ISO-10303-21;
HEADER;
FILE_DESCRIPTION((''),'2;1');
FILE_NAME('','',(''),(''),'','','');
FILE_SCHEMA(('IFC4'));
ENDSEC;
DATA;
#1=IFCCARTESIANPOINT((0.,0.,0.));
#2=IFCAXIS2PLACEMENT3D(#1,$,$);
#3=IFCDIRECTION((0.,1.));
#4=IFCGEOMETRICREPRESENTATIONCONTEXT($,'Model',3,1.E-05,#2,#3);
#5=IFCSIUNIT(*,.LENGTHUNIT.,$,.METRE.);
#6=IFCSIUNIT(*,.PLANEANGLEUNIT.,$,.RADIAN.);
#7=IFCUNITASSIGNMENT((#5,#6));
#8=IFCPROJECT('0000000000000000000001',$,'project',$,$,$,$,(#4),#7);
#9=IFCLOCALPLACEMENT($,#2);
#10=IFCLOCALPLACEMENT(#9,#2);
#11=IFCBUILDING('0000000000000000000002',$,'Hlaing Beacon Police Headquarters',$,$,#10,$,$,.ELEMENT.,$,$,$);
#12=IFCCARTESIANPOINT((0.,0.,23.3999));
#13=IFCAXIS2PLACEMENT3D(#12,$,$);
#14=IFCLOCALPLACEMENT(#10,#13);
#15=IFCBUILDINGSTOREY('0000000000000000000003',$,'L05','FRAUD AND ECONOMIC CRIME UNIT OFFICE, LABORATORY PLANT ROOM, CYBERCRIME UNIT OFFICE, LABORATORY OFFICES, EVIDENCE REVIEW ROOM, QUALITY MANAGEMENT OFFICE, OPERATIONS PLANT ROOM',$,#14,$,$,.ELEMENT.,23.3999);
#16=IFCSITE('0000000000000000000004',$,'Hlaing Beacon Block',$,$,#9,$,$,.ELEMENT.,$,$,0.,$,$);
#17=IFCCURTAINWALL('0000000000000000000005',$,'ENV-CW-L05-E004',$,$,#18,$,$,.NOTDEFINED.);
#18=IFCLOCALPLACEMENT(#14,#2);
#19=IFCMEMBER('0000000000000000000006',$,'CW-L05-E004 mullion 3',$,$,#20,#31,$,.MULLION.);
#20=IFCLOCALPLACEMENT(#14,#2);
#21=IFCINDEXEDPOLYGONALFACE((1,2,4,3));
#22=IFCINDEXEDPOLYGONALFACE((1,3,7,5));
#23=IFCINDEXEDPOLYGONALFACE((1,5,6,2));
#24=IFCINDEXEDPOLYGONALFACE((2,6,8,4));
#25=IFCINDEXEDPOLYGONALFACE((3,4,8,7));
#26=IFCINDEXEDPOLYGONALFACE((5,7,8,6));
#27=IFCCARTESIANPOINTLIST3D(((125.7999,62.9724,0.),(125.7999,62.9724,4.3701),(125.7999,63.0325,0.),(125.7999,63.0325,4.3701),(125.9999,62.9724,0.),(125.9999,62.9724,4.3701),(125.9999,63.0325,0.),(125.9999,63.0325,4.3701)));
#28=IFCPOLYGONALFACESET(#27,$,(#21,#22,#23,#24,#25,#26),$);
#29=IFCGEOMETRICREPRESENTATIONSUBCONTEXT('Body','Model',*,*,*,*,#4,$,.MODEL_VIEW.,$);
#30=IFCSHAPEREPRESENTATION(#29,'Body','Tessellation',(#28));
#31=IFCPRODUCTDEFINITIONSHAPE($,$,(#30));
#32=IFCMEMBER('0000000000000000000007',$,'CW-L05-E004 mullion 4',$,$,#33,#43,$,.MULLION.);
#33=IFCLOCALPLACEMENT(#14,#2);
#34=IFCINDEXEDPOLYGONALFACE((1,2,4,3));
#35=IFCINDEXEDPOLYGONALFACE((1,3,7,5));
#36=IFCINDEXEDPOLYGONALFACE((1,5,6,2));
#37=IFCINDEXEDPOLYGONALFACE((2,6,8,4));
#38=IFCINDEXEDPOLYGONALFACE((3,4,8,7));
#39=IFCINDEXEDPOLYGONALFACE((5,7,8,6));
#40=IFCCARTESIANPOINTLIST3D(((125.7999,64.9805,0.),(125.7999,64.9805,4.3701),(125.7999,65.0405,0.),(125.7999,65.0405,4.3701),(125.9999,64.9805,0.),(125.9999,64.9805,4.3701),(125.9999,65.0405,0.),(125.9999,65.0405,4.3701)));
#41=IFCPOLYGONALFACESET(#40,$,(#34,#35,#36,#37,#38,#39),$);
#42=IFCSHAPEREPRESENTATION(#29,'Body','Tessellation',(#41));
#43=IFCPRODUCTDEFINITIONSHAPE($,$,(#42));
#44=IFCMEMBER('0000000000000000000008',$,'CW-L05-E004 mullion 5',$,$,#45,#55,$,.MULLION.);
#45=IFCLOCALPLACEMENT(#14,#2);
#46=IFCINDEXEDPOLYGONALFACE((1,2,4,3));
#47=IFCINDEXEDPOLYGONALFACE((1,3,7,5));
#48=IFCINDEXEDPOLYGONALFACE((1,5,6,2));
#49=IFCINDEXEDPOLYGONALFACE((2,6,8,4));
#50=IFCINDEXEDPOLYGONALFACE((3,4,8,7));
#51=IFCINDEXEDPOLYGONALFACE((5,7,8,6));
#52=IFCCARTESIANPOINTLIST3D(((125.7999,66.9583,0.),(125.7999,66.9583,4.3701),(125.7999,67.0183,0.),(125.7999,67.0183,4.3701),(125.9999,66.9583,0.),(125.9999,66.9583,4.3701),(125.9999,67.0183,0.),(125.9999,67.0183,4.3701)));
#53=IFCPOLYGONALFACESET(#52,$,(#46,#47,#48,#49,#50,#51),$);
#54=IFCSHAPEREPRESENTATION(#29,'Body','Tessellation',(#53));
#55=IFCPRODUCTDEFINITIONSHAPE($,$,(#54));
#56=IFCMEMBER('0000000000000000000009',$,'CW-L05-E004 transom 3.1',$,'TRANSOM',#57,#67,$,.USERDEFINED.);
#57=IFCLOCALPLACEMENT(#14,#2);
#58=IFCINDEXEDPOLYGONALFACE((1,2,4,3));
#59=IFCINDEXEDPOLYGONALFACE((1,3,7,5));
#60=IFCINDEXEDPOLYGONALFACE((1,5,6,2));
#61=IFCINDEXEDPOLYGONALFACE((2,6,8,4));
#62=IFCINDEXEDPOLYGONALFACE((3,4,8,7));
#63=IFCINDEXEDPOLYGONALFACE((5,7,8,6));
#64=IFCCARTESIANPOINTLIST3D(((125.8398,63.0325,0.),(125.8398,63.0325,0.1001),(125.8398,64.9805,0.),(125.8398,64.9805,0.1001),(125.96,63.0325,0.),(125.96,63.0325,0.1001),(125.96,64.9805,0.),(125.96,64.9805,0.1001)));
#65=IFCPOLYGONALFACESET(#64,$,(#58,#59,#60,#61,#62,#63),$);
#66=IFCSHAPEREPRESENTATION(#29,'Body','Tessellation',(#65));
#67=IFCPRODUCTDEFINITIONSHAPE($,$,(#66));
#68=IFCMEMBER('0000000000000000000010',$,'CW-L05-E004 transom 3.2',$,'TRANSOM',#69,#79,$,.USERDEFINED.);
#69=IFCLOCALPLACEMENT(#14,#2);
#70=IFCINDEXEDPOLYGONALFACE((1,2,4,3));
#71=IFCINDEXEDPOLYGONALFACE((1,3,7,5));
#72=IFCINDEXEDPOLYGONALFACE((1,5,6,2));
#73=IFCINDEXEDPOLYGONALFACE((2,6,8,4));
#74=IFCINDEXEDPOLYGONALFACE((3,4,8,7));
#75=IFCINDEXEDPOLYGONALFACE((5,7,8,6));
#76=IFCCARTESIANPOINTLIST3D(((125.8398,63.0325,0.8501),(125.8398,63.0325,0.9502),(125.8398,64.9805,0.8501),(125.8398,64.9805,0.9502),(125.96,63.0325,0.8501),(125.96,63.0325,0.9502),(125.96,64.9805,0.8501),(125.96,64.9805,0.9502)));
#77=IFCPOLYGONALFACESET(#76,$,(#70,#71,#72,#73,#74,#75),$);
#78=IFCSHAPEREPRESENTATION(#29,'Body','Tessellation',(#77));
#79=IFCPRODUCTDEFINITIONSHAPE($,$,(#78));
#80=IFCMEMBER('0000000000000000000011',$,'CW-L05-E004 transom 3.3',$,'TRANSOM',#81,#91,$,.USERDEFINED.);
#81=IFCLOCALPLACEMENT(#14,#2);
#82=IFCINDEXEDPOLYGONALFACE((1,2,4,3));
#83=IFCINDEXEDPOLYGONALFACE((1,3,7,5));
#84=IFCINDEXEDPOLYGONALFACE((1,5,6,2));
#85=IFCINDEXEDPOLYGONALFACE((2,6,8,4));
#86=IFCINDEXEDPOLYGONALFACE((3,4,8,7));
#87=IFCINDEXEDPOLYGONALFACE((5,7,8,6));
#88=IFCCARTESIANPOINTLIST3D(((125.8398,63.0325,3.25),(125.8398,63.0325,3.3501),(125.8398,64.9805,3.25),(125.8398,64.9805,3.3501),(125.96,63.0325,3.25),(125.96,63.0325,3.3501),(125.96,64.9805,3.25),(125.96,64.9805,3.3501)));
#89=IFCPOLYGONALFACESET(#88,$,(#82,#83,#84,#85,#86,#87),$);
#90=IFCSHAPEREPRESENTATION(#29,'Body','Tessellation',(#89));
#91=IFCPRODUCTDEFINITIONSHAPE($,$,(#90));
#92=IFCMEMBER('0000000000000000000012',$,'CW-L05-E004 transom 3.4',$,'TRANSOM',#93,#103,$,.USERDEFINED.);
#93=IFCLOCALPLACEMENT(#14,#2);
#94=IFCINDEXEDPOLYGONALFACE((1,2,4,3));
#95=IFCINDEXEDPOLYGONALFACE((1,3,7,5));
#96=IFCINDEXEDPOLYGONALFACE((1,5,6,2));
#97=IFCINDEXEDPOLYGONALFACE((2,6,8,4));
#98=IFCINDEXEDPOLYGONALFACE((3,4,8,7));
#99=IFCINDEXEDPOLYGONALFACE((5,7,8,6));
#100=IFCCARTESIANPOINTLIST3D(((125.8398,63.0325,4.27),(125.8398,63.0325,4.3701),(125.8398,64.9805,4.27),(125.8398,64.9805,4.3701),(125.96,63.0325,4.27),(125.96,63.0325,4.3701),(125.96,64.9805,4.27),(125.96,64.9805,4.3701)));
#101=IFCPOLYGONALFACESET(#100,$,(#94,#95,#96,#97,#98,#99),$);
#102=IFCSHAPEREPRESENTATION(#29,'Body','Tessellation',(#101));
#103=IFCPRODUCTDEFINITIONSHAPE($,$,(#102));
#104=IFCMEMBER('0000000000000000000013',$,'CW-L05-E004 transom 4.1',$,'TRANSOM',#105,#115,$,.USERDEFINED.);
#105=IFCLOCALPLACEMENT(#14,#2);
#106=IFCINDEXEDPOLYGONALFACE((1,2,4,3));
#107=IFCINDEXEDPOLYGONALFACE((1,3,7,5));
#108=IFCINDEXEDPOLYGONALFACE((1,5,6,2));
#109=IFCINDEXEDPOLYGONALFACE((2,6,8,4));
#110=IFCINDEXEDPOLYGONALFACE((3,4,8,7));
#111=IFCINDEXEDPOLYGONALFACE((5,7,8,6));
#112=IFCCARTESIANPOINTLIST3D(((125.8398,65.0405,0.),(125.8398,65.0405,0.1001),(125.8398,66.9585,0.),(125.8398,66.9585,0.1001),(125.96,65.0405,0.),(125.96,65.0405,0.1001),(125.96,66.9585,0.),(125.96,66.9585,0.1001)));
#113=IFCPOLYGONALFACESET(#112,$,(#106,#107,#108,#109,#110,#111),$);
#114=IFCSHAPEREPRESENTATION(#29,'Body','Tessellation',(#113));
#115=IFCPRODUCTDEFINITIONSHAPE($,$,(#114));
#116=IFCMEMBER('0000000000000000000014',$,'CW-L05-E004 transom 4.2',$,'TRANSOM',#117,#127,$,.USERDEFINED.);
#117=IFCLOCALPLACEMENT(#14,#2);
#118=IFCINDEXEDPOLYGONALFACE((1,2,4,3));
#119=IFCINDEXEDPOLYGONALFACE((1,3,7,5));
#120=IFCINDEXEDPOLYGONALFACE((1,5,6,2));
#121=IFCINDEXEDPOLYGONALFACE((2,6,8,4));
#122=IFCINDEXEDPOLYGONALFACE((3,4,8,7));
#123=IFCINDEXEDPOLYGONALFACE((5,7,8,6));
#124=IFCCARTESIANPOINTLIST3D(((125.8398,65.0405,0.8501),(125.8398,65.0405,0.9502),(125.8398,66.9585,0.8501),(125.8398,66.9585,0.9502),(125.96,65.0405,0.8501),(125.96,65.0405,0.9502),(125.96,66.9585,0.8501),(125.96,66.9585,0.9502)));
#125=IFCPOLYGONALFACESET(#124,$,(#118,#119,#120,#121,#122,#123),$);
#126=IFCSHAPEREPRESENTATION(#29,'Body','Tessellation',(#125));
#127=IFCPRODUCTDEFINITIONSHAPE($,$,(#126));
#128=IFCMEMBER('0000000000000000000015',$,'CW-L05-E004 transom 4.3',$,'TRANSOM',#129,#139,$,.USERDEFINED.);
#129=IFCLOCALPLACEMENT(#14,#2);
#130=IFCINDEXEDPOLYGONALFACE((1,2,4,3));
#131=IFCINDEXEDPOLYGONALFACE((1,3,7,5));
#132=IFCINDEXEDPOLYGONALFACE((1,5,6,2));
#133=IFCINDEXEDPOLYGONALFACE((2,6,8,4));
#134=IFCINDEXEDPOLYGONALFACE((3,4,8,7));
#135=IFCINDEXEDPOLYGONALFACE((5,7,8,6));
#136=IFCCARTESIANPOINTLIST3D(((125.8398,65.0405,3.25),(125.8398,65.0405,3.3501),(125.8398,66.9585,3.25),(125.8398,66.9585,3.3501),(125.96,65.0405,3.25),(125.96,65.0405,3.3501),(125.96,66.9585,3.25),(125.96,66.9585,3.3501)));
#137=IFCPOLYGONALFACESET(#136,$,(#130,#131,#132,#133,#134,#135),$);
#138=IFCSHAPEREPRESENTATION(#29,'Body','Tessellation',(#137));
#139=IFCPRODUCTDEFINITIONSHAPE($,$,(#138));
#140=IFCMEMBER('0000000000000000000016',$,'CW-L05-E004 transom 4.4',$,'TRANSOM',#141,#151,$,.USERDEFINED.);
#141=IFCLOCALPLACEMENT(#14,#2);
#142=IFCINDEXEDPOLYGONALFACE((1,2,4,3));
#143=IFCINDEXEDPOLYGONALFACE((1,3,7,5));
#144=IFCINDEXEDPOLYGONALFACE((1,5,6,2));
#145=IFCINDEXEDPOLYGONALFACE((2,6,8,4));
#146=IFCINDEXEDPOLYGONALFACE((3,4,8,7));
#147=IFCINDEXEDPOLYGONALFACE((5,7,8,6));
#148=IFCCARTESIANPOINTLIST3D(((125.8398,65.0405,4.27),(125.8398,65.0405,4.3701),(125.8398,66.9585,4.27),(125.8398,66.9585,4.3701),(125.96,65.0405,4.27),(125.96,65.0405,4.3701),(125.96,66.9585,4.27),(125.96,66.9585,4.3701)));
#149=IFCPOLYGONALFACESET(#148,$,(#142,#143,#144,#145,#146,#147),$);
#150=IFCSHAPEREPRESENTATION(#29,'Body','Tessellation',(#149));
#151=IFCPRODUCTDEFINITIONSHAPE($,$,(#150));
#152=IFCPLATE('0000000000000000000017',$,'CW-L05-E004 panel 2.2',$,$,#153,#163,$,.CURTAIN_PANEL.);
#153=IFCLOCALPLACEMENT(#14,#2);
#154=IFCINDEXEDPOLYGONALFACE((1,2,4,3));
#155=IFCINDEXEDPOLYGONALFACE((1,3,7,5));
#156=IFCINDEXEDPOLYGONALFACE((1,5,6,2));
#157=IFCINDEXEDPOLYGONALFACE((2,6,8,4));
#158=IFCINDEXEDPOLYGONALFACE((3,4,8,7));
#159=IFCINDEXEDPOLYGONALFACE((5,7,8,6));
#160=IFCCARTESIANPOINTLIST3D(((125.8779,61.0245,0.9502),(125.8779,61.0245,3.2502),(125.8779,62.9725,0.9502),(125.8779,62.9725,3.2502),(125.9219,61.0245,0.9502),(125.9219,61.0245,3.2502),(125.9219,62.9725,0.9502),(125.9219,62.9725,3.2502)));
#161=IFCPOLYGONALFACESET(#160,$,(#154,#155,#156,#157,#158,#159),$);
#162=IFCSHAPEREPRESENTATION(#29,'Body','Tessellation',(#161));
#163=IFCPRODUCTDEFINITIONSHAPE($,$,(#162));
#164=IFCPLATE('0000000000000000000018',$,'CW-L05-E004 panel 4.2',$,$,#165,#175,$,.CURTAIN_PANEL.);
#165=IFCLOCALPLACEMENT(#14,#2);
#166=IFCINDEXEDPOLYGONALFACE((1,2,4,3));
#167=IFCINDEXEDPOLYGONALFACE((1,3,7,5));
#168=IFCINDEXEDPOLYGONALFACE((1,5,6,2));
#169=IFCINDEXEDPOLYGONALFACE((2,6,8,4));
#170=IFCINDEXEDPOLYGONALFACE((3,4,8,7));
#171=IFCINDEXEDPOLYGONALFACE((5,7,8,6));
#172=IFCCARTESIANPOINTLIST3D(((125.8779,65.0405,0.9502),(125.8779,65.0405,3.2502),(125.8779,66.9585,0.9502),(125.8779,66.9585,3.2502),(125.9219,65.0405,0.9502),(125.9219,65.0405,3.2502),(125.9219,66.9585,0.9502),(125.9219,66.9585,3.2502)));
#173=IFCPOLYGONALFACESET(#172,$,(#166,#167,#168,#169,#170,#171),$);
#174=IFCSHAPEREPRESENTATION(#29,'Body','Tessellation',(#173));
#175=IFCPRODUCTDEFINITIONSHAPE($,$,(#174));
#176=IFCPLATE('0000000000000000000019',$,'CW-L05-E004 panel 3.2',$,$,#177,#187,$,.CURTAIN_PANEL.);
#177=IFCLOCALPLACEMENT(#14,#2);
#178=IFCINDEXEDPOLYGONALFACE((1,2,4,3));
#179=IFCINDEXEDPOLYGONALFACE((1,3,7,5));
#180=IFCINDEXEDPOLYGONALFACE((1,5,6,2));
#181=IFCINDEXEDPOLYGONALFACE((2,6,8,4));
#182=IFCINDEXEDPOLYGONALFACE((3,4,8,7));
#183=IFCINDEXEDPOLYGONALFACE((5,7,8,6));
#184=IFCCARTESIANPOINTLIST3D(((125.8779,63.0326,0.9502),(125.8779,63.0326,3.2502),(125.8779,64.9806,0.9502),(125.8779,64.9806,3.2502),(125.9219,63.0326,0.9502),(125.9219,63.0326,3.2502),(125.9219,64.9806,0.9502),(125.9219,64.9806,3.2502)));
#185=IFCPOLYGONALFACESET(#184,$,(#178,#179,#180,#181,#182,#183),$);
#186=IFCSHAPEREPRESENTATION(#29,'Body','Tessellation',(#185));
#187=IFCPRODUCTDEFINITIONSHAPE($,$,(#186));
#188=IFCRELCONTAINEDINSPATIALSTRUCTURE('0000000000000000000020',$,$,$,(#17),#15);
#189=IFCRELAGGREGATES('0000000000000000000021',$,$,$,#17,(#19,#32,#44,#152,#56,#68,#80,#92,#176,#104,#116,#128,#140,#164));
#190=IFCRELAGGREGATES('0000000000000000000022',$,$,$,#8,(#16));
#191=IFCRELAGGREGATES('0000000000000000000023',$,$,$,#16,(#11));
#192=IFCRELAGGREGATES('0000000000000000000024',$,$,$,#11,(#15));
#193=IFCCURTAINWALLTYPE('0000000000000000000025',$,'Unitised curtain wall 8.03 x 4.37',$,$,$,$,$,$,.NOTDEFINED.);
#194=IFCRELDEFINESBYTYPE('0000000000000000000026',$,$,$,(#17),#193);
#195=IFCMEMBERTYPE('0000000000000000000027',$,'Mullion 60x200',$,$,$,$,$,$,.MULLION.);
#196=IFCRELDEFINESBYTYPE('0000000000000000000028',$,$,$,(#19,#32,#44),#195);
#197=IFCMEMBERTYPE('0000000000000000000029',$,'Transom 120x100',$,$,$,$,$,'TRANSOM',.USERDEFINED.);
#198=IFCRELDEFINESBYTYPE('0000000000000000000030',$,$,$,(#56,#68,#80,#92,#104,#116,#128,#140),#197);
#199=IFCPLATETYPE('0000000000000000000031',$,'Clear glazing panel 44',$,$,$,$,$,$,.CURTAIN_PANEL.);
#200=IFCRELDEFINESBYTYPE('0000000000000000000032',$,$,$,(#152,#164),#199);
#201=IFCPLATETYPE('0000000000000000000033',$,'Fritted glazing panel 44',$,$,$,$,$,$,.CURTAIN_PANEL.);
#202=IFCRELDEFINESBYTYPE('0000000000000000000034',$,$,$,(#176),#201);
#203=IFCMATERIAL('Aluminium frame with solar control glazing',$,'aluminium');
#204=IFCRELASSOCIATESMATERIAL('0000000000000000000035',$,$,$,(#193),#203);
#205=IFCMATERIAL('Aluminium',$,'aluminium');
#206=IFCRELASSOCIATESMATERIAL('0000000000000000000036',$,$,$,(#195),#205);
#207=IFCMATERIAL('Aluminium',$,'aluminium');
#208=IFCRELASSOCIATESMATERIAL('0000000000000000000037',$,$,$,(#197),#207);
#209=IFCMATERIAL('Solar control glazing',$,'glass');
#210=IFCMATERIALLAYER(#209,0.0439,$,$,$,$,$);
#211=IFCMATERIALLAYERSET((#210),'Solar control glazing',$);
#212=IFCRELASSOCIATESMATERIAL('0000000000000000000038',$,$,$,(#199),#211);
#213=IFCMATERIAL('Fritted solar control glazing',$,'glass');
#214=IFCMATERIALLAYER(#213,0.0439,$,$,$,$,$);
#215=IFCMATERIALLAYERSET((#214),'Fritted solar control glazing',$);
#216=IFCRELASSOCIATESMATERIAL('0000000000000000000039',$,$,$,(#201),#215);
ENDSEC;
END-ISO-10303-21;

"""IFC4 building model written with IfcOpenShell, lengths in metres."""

from ifc_helpers import new_model, si_unit, direction, frame, origin, origin_2d, place, context, subcontext, project, spatial, rectangle, extrude, material, layer, layer_set, material_profile, profile_set, type_object, element, aggregate, save


model = new_model("IFC4")

# Units and contexts
model_context = context("Model", 3, precision=1e-05, world=origin(), true_north=direction((0.0, 1.0)))
body_context = subcontext(model_context, "Body", "Model", "MODEL_VIEW")
ifc_project = project(units=[si_unit("LENGTHUNIT", "METRE"), si_unit("PLANEANGLEUNIT", "RADIAN")], contexts=[model_context])

# Site, building, storey
site_placement = place(None, origin())
site = spatial("IfcSite", under=ifc_project, at=site_placement, Name="Hlaing Beacon Block", CompositionType="ELEMENT", RefElevation=0.0)
building_placement = place(site_placement, origin())
building = spatial("IfcBuilding", under=site, at=building_placement, Name="Hlaing Beacon Police Headquarters", CompositionType="ELEMENT")
storey_placement = place(building_placement, frame((0.0, 0.0, 23.3999)))
storey = spatial("IfcBuildingStorey", under=building, at=storey_placement, Name="L05", Description="FRAUD AND ECONOMIC CRIME UNIT OFFICE, LABORATORY PLANT ROOM, CYBERCRIME UNIT OFFICE, LABORATORY OFFICES, EVIDENCE REVIEW ROOM, QUALITY MANAGEMENT OFFICE, OPERATIONS PLANT ROOM", CompositionType="ELEMENT", Elevation=23.3999)

# Curtain wall, members, plates
ifc_material_1 = material(Name="Aluminium frame with solar control glazing", Category="aluminium")
curtain_wall_type = type_object("IfcCurtainWallType", Name="Unitised curtain wall 8.03 x 4.37", PredefinedType="NOTDEFINED", material=ifc_material_1)
curtain_wall_placement = place(storey_placement, origin())
curtain_wall = element("IfcCurtainWall", 1, at=curtain_wall_placement, inside=storey, type_object=curtain_wall_type, Name="ENV-CW-L05-E004", PredefinedType="NOTDEFINED")
ifc_material_2 = material(Name="Aluminium", Category="aluminium")
ifc_material_profile_1 = material_profile(ifc_material_2, rectangle(XDim=0.2, YDim=0.0601, at=origin_2d()), Name="Mullion 60x200")
ifc_profile_set_1 = profile_set([ifc_material_profile_1], Name="Aluminium")
member_type_1 = type_object("IfcMemberType", Name="Mullion 60x200", PredefinedType="MULLION", material=ifc_profile_set_1)
member_1_placement = place(storey_placement, frame((125.8999, 63.0024, 0.0), z_axis=(0.0, 0.0, 1.0), x_axis=(-1.0, 0.0, 0.0)))
member_1 = element("IfcMember", 2, at=member_1_placement, type_object=member_type_1, Name="CW-L05-E004 mullion 3", PredefinedType="MULLION", context=body_context, shape_type="SweptSolid", body=[
    extrude(rectangle(XDim=0.2, YDim=0.0601, at=origin_2d()), origin(), (0.0, 0.0, 1.0), 4.3701),
])
member_2_placement = place(storey_placement, frame((125.8999, 65.0105, 0.0), z_axis=(0.0, 0.0, 1.0), x_axis=(-1.0, 0.0, 0.0)))
member_2 = element("IfcMember", 3, at=member_2_placement, type_object=member_type_1, Name="CW-L05-E004 mullion 4", PredefinedType="MULLION", context=body_context, shape_type="SweptSolid", body=[
    extrude(rectangle(XDim=0.2, YDim=0.0601, at=origin_2d()), origin(), (0.0, 0.0, 1.0), 4.3701),
])
member_3_placement = place(storey_placement, frame((125.8999, 66.9883, 0.0), z_axis=(0.0, 0.0, 1.0), x_axis=(-1.0, 0.0, 0.0)))
member_3 = element("IfcMember", 4, at=member_3_placement, type_object=member_type_1, Name="CW-L05-E004 mullion 5", PredefinedType="MULLION", context=body_context, shape_type="SweptSolid", body=[
    extrude(rectangle(XDim=0.2, YDim=0.0601, at=origin_2d()), origin(), (0.0, 0.0, 1.0), 4.3701),
])
ifc_material_3 = material(Name="Aluminium", Category="aluminium")
ifc_material_profile_2 = material_profile(ifc_material_3, rectangle(XDim=0.1201, YDim=0.1001, at=origin_2d()), Name="Transom 120x100")
ifc_profile_set_2 = profile_set([ifc_material_profile_2], Name="Aluminium")
member_type_2 = type_object("IfcMemberType", Name="Transom 120x100", ElementType="TRANSOM", PredefinedType="USERDEFINED", material=ifc_profile_set_2)
member_4_placement = place(storey_placement, frame((125.8999, 63.0325, 0.05), z_axis=(0.0, 1.0, 0.0), x_axis=(-1.0, 0.0, 0.0)))
member_4 = element("IfcMember", 5, at=member_4_placement, type_object=member_type_2, Name="CW-L05-E004 transom 3.1", ObjectType="TRANSOM", PredefinedType="USERDEFINED", context=body_context, shape_type="SweptSolid", body=[
    extrude(rectangle(XDim=0.1201, YDim=0.1001, at=origin_2d()), origin(), (0.0, 0.0, 1.0), 1.948),
])
member_5_placement = place(storey_placement, frame((125.8999, 63.0325, 0.9001), z_axis=(0.0, 1.0, 0.0), x_axis=(-1.0, 0.0, 0.0)))
member_5 = element("IfcMember", 6, at=member_5_placement, type_object=member_type_2, Name="CW-L05-E004 transom 3.2", ObjectType="TRANSOM", PredefinedType="USERDEFINED", context=body_context, shape_type="SweptSolid", body=[
    extrude(rectangle(XDim=0.1201, YDim=0.1001, at=origin_2d()), origin(), (0.0, 0.0, 1.0), 1.948),
])
member_6_placement = place(storey_placement, frame((125.8999, 63.0325, 3.3), z_axis=(0.0, 1.0, 0.0), x_axis=(-1.0, 0.0, 0.0)))
member_6 = element("IfcMember", 7, at=member_6_placement, type_object=member_type_2, Name="CW-L05-E004 transom 3.3", ObjectType="TRANSOM", PredefinedType="USERDEFINED", context=body_context, shape_type="SweptSolid", body=[
    extrude(rectangle(XDim=0.1201, YDim=0.1001, at=origin_2d()), origin(), (0.0, 0.0, 1.0), 1.948),
])
member_7_placement = place(storey_placement, frame((125.8999, 63.0325, 4.3201), z_axis=(0.0, 1.0, 0.0), x_axis=(-1.0, 0.0, 0.0)))
member_7 = element("IfcMember", 8, at=member_7_placement, type_object=member_type_2, Name="CW-L05-E004 transom 3.4", ObjectType="TRANSOM", PredefinedType="USERDEFINED", context=body_context, shape_type="SweptSolid", body=[
    extrude(rectangle(XDim=0.1201, YDim=0.1001, at=origin_2d()), origin(), (0.0, 0.0, 1.0), 1.948),
])
member_8_placement = place(storey_placement, frame((125.8999, 65.0405, 0.05), z_axis=(0.0, 1.0, 0.0), x_axis=(-1.0, 0.0, 0.0)))
member_8 = element("IfcMember", 9, at=member_8_placement, type_object=member_type_2, Name="CW-L05-E004 transom 4.1", ObjectType="TRANSOM", PredefinedType="USERDEFINED", context=body_context, shape_type="SweptSolid", body=[
    extrude(rectangle(XDim=0.1201, YDim=0.1001, at=origin_2d()), origin(), (0.0, 0.0, 1.0), 1.918),
])
member_9_placement = place(storey_placement, frame((125.8999, 65.0405, 0.9001), z_axis=(0.0, 1.0, 0.0), x_axis=(-1.0, 0.0, 0.0)))
member_9 = element("IfcMember", 10, at=member_9_placement, type_object=member_type_2, Name="CW-L05-E004 transom 4.2", ObjectType="TRANSOM", PredefinedType="USERDEFINED", context=body_context, shape_type="SweptSolid", body=[
    extrude(rectangle(XDim=0.1201, YDim=0.1001, at=origin_2d()), origin(), (0.0, 0.0, 1.0), 1.918),
])
member_10_placement = place(storey_placement, frame((125.8999, 65.0405, 3.3), z_axis=(0.0, 1.0, 0.0), x_axis=(-1.0, 0.0, 0.0)))
member_10 = element("IfcMember", 11, at=member_10_placement, type_object=member_type_2, Name="CW-L05-E004 transom 4.3", ObjectType="TRANSOM", PredefinedType="USERDEFINED", context=body_context, shape_type="SweptSolid", body=[
    extrude(rectangle(XDim=0.1201, YDim=0.1001, at=origin_2d()), origin(), (0.0, 0.0, 1.0), 1.918),
])
member_11_placement = place(storey_placement, frame((125.8999, 65.0405, 4.3201), z_axis=(0.0, 1.0, 0.0), x_axis=(-1.0, 0.0, 0.0)))
member_11 = element("IfcMember", 12, at=member_11_placement, type_object=member_type_2, Name="CW-L05-E004 transom 4.4", ObjectType="TRANSOM", PredefinedType="USERDEFINED", context=body_context, shape_type="SweptSolid", body=[
    extrude(rectangle(XDim=0.1201, YDim=0.1001, at=origin_2d()), origin(), (0.0, 0.0, 1.0), 1.918),
])
ifc_material_4 = material(Name="Solar control glazing", Category="glass")
ifc_layer_1 = layer(ifc_material_4, 0.0439)
ifc_layer_set_1 = layer_set([ifc_layer_1], Name="Solar control glazing")
plate_type_1 = type_object("IfcPlateType", Name="Clear glazing panel 44", PredefinedType="CURTAIN_PANEL", material=ifc_layer_set_1)
plate_1_placement = place(storey_placement, frame((125.8999, 61.9985, 0.9502), z_axis=(0.0, 0.0, 1.0), x_axis=(0.0, 1.0, 0.0)))
plate_1 = element("IfcPlate", 13, at=plate_1_placement, type_object=plate_type_1, Name="CW-L05-E004 panel 2.2", PredefinedType="CURTAIN_PANEL", context=body_context, shape_type="SweptSolid", body=[
    extrude(rectangle(XDim=1.948, YDim=0.0439, at=origin_2d()), origin(), (0.0, 0.0, 1.0), 2.3),
])
plate_2_placement = place(storey_placement, frame((125.8999, 65.9995, 0.9502), z_axis=(0.0, 0.0, 1.0), x_axis=(0.0, 1.0, 0.0)))
plate_2 = element("IfcPlate", 14, at=plate_2_placement, type_object=plate_type_1, Name="CW-L05-E004 panel 4.2", PredefinedType="CURTAIN_PANEL", context=body_context, shape_type="SweptSolid", body=[
    extrude(rectangle(XDim=1.918, YDim=0.0439, at=origin_2d()), origin(), (0.0, 0.0, 1.0), 2.3),
])
ifc_material_5 = material(Name="Fritted solar control glazing", Category="glass")
ifc_layer_2 = layer(ifc_material_5, 0.0439)
ifc_layer_set_2 = layer_set([ifc_layer_2], Name="Fritted solar control glazing")
plate_type_2 = type_object("IfcPlateType", Name="Fritted glazing panel 44", PredefinedType="CURTAIN_PANEL", material=ifc_layer_set_2)
plate_3_placement = place(storey_placement, frame((125.8999, 64.0066, 0.9502), z_axis=(0.0, 0.0, 1.0), x_axis=(0.0, 1.0, 0.0)))
plate_3 = element("IfcPlate", 15, at=plate_3_placement, type_object=plate_type_2, Name="CW-L05-E004 panel 3.2", PredefinedType="CURTAIN_PANEL", context=body_context, shape_type="SweptSolid", body=[
    extrude(rectangle(XDim=1.948, YDim=0.0439, at=origin_2d()), origin(), (0.0, 0.0, 1.0), 2.3),
])
aggregate(curtain_wall, [member_1, member_2, member_3, plate_1, member_4, member_5, member_6, member_7, plate_3, member_8, member_9, member_10, member_11, plate_2])

save(model, "model.ifc")
